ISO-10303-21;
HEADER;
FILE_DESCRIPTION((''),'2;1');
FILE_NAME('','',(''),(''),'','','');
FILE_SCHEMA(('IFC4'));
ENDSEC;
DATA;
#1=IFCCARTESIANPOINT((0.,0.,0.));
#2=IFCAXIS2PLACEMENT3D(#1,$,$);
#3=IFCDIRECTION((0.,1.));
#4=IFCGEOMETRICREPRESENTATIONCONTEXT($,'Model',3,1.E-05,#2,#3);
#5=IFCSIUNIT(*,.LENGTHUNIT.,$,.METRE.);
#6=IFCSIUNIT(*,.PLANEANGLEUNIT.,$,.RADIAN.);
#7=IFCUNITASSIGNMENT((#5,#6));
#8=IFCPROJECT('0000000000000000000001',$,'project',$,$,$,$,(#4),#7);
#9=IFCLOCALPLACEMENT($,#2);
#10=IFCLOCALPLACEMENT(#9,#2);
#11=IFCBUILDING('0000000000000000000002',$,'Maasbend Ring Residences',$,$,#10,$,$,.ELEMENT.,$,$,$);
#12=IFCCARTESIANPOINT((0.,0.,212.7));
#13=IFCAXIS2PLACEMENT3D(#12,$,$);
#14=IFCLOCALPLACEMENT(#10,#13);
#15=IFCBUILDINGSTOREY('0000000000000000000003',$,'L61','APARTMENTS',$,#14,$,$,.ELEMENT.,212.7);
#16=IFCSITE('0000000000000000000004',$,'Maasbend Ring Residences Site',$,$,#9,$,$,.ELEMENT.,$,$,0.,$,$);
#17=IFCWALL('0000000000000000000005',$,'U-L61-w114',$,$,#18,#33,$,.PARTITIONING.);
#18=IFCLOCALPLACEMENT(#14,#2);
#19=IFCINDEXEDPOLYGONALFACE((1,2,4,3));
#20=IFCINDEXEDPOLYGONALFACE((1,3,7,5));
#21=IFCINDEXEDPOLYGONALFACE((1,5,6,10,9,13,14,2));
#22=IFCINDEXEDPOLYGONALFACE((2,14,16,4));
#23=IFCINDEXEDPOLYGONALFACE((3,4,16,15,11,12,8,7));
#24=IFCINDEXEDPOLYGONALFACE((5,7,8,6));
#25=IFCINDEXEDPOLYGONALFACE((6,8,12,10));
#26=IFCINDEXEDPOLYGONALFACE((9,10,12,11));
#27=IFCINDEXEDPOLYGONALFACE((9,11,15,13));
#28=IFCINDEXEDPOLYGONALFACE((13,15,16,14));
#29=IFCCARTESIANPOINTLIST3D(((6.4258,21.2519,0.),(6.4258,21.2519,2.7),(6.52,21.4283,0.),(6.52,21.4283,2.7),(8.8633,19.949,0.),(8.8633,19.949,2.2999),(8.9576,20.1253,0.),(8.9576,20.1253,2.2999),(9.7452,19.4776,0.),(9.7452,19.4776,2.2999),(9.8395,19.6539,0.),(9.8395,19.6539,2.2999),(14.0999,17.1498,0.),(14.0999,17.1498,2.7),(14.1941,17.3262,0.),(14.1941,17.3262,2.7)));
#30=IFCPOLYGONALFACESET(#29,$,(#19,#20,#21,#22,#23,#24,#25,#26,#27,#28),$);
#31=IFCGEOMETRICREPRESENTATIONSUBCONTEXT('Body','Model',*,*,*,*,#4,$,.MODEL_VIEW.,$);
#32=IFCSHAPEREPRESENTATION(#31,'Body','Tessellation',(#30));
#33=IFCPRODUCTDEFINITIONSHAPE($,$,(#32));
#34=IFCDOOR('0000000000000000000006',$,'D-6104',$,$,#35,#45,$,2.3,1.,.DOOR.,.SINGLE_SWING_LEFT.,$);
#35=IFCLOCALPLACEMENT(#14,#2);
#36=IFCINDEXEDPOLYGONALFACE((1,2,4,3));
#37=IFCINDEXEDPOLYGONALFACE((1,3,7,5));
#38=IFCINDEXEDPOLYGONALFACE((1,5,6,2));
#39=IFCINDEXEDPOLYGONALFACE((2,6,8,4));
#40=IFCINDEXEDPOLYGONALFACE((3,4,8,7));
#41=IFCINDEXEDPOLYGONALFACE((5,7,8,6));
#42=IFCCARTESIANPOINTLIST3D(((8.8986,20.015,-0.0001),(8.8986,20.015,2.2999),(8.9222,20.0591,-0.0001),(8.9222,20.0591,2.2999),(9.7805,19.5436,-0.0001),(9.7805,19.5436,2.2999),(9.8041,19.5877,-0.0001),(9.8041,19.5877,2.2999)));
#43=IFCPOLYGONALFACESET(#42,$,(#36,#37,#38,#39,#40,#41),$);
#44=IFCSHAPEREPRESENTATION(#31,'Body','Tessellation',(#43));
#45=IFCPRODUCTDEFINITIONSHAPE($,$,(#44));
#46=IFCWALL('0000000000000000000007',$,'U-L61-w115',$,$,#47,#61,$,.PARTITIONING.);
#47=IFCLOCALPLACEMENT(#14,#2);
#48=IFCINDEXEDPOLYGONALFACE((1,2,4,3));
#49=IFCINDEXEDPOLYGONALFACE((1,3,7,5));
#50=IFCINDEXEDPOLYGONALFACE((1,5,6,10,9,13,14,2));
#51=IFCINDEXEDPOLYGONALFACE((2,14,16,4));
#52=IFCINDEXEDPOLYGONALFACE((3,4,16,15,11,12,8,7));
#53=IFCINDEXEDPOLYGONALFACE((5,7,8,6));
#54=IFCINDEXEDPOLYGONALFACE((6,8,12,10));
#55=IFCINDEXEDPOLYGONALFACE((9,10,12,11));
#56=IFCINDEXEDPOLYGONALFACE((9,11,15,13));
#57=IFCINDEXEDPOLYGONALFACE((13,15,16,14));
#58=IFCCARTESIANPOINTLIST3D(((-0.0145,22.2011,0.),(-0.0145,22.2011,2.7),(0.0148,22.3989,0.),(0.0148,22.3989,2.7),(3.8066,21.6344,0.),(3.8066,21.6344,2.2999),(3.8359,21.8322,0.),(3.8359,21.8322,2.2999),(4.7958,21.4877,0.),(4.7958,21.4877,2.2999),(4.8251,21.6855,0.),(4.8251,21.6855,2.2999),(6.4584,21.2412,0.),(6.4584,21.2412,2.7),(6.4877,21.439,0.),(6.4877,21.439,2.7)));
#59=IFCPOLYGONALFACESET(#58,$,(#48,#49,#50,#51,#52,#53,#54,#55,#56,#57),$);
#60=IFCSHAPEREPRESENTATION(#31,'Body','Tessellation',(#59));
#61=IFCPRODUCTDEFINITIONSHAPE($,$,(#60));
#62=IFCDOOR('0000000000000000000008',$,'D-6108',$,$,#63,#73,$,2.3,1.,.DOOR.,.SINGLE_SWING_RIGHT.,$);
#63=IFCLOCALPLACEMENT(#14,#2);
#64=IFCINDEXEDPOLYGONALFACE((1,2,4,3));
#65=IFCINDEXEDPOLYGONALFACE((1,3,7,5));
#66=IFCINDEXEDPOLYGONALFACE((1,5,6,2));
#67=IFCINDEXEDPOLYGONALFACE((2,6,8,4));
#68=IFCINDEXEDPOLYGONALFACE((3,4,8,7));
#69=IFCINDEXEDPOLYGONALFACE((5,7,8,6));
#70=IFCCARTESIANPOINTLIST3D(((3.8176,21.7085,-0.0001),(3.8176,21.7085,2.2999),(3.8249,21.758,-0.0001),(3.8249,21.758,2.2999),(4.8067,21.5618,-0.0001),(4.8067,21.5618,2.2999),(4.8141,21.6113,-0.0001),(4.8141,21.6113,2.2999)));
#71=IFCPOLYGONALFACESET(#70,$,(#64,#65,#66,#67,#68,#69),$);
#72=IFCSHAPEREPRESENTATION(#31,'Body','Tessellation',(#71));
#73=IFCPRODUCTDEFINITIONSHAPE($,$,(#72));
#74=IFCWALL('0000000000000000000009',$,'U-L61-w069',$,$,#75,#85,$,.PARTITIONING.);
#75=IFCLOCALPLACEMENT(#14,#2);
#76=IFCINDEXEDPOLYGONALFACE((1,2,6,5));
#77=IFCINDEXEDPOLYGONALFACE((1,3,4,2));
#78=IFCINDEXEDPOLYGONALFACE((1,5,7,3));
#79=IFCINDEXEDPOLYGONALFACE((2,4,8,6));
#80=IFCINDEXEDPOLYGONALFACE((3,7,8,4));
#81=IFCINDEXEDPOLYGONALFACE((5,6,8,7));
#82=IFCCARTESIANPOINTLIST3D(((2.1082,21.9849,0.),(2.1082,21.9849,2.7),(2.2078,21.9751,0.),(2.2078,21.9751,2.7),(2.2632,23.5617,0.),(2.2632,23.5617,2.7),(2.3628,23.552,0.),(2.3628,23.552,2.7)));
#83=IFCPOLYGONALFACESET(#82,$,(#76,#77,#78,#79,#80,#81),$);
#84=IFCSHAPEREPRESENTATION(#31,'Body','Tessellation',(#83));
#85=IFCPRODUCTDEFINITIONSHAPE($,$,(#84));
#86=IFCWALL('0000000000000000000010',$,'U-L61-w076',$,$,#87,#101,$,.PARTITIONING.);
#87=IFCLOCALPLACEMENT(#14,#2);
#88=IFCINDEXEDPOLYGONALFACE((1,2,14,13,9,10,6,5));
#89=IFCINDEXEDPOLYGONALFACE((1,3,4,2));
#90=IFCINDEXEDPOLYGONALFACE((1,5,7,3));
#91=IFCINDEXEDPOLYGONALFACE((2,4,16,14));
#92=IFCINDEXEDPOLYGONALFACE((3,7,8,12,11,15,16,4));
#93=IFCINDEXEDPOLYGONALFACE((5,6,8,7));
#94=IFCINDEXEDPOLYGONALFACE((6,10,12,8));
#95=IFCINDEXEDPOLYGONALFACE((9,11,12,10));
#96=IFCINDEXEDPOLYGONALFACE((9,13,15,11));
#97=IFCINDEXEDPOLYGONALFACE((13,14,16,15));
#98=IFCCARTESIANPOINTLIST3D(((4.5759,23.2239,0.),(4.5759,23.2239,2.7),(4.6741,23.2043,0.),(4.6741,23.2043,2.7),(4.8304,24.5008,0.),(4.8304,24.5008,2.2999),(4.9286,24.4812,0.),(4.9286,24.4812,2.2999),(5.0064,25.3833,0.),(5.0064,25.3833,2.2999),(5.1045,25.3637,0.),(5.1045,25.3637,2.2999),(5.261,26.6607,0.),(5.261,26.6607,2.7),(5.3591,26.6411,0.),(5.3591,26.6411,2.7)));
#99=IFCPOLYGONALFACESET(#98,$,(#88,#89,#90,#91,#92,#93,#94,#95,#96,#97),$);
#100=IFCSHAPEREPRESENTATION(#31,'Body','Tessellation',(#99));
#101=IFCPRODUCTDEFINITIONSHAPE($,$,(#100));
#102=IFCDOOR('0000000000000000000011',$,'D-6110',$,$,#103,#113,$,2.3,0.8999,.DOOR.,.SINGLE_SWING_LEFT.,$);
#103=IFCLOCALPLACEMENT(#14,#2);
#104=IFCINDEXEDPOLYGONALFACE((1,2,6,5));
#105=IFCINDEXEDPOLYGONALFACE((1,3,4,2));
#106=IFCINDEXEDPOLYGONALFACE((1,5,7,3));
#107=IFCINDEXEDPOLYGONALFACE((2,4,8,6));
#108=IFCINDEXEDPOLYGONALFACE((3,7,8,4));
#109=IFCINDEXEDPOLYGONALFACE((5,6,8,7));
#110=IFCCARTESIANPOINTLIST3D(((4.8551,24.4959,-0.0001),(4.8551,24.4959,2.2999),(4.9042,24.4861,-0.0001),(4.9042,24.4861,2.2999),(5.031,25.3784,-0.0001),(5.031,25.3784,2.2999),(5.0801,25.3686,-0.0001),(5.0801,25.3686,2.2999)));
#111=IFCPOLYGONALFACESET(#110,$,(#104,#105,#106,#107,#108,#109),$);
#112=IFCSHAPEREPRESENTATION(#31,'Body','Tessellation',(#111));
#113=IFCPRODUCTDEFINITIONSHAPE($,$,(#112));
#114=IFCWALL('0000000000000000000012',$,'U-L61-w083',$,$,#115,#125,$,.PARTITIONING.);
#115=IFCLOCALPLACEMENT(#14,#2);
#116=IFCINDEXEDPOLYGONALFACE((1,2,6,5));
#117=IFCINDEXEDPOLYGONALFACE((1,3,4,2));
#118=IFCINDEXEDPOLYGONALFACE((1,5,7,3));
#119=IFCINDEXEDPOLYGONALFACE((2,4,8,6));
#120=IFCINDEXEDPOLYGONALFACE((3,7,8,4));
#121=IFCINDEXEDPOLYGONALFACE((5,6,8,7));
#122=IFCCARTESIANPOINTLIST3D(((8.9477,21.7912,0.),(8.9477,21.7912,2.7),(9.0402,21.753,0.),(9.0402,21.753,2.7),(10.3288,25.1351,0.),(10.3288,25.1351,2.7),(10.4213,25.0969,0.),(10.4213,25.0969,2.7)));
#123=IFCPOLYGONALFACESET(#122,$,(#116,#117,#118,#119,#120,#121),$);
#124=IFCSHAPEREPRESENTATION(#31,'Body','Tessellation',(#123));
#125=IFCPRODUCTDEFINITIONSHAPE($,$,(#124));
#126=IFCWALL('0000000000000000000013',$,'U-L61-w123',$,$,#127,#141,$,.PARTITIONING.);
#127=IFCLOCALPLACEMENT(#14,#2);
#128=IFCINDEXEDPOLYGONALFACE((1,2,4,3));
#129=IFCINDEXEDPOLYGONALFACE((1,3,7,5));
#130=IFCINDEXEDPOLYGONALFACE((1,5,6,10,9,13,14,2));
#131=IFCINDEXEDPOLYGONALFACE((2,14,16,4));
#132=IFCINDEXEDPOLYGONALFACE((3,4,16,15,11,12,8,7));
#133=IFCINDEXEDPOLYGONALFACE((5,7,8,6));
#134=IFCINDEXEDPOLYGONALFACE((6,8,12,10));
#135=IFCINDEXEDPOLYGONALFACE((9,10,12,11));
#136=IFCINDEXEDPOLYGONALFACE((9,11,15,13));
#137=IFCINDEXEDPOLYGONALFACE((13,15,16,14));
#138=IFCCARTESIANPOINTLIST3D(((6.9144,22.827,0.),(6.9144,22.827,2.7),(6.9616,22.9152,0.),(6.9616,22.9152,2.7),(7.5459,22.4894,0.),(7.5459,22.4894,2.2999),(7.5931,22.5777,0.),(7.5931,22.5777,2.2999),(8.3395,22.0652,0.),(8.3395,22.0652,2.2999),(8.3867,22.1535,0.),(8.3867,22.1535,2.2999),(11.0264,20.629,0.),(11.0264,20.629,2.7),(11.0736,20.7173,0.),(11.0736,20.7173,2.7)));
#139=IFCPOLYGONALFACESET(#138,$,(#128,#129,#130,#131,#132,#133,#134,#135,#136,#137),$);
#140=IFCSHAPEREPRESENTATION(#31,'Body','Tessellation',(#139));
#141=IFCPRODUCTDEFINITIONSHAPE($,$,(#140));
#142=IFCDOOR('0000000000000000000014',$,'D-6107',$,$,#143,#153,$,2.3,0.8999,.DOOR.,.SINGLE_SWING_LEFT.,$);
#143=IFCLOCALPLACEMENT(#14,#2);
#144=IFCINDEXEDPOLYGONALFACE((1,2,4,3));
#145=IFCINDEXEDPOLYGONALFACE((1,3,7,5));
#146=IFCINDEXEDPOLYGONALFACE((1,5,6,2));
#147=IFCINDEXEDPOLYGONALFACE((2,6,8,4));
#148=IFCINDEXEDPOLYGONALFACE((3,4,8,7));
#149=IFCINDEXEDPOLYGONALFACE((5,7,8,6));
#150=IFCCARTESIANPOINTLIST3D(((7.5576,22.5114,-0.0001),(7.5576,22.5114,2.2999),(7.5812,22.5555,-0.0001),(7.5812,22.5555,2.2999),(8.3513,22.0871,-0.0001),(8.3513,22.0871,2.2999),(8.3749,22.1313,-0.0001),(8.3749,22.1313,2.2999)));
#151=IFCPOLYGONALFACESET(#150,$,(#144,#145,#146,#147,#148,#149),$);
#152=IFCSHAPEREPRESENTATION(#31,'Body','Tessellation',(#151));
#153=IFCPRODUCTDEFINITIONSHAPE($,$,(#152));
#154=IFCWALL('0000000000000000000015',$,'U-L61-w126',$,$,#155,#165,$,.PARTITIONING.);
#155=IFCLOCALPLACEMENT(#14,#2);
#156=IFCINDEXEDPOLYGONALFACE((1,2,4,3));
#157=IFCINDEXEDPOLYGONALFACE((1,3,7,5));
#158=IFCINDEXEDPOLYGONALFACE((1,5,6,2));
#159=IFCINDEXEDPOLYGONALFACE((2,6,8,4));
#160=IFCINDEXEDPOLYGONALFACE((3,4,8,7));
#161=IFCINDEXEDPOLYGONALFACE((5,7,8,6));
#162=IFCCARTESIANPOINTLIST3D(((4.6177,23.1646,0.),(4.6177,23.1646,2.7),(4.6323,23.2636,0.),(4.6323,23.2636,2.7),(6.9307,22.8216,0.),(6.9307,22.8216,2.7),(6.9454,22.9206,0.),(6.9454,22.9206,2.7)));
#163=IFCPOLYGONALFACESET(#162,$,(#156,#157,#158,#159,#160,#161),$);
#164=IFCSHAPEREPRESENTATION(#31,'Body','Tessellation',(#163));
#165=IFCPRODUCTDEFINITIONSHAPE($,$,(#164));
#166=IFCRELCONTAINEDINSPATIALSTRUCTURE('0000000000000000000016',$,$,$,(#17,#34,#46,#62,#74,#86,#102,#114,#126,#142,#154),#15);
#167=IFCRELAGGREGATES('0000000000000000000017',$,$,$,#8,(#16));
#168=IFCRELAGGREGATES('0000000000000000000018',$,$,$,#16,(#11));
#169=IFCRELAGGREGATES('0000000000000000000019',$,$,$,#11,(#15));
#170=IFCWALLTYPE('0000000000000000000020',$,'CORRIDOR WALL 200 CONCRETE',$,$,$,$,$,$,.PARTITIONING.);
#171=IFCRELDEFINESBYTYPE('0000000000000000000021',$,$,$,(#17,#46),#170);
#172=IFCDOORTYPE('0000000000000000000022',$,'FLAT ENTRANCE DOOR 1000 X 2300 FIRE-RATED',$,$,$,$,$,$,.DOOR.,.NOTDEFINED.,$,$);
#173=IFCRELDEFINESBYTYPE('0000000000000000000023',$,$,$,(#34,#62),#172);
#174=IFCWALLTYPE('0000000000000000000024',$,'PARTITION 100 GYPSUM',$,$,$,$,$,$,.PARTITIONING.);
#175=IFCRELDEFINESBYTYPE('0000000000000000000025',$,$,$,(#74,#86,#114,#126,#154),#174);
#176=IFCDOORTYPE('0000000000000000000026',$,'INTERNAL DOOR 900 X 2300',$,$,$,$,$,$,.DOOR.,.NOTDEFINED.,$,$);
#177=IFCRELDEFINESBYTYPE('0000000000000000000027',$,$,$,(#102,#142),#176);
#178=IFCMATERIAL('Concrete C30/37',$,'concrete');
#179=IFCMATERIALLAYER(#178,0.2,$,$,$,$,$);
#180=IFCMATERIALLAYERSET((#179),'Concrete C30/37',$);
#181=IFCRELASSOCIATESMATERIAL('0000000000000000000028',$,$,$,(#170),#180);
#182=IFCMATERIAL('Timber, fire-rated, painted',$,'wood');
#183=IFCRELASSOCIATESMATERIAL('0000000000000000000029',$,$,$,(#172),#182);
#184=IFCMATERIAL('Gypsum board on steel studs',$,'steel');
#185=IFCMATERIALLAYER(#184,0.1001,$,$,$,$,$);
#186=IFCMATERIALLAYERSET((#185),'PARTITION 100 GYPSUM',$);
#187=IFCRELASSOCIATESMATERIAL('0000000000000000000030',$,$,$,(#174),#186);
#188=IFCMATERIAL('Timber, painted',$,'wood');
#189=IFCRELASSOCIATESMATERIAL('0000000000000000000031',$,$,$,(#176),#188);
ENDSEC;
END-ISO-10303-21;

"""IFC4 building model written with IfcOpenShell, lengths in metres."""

from ifc_helpers import new_model, si_unit, direction, frame, frame_2d, origin, place, context, subcontext, project, spatial, rectangle, extrude, material, layer, layer_set, type_object, element, fill, save


model = new_model("IFC4")

# Units and contexts
model_context = context("Model", 3, precision=1e-05, world=origin(), true_north=direction((0.0, 1.0)))
body_context = subcontext(model_context, "Body", "Model", "MODEL_VIEW")
ifc_project = project(units=[si_unit("LENGTHUNIT", "METRE"), si_unit("PLANEANGLEUNIT", "RADIAN")], contexts=[model_context])

# Site, building, storey
site_placement = place(None, origin())
site = spatial("IfcSite", under=ifc_project, at=site_placement, Name="Maasbend Ring Residences Site", CompositionType="ELEMENT", RefElevation=0.0)
building_placement = place(site_placement, origin())
building = spatial("IfcBuilding", under=site, at=building_placement, Name="Maasbend Ring Residences", CompositionType="ELEMENT")
storey_placement = place(building_placement, frame((0.0, 0.0, 212.7)))
storey = spatial("IfcBuildingStorey", under=building, at=storey_placement, Name="L61", Description="APARTMENTS", CompositionType="ELEMENT", Elevation=212.7)

# Walls, openings, doors
ifc_material_1 = material(Name="Concrete C30/37", Category="concrete")
ifc_layer_1 = layer(ifc_material_1, 0.2)
ifc_layer_set_1 = layer_set([ifc_layer_1], Name="Concrete C30/37")
wall_type_1 = type_object("IfcWallType", Name="CORRIDOR WALL 200 CONCRETE", PredefinedType="PARTITIONING", material=ifc_layer_set_1)
ifc_material_2 = material(Name="Timber, fire-rated, painted", Category="wood")
door_type_1 = type_object("IfcDoorType", Name="FLAT ENTRANCE DOOR 1000 X 2300 FIRE-RATED", OperationType="NOTDEFINED", PredefinedType="DOOR", material=ifc_material_2)
wall_1_placement = place(storey_placement, frame((6.4729, 21.3401, 0.0), z_axis=(0.0, 0.0, 1.0), x_axis=(0.881913, -0.471412, 0.0)))
wall_1 = element("IfcWall", 1, at=wall_1_placement, inside=storey, type_object=wall_type_1, Name="U-L61-w114", PredefinedType="PARTITIONING", context=body_context, shape_type="SweptSolid", body=[
    extrude(rectangle(XDim=8.7017, YDim=0.2, at=frame_2d((4.3508, 0.0))), origin(), (0.0, 0.0, 1.0), 2.7),
])
opening_1_placement = place(wall_1_placement, frame((2.7639, 0.0, 0.0)))
opening_1 = element("IfcOpeningElement", 2, at=opening_1_placement, cuts=wall_1, PredefinedType="OPENING", context=body_context, shape_type="SweptSolid", body=[
    extrude(rectangle(XDim=1.0, YDim=2.3, at=frame_2d((0.5, 1.1499))), frame((0.0, 0.1099, 0.0), z_axis=(0.0, -1.0, 0.0), x_axis=(1.0, 0.0, 0.0)), (0.0, 0.0, 1.0), 0.22),
])
door_1_placement = place(opening_1_placement, origin())
door_1 = element("IfcDoor", 3, at=door_1_placement, inside=storey, type_object=door_type_1, Name="D-6104", OperationType="SINGLE_SWING_LEFT", OverallHeight=2.3, OverallWidth=1.0, PredefinedType="DOOR", context=body_context, shape_type="SweptSolid", body=[
    extrude(rectangle(XDim=1.0, YDim=2.3, at=frame_2d((0.5, 1.1499))), frame((0.0, 0.0249, 0.0), z_axis=(0.0, -1.0, 0.0), x_axis=(1.0, 0.0, 0.0)), (0.0, 0.0, 1.0), 0.05),
])
fill(opening_1, door_1)
wall_2_placement = place(storey_placement, frame((0.0, 22.3, 0.0), z_axis=(0.0, 0.0, 1.0), x_axis=(0.989181, -0.1467, 0.0)))
wall_2 = element("IfcWall", 4, at=wall_2_placement, inside=storey, type_object=wall_type_1, Name="U-L61-w115", PredefinedType="PARTITIONING", context=body_context, shape_type="SweptSolid", body=[
    extrude(rectangle(XDim=6.5437, YDim=0.2, at=frame_2d((3.272, 0.0))), origin(), (0.0, 0.0, 1.0), 2.7),
])
opening_2_placement = place(wall_2_placement, frame((3.863, 0.0, 0.0)))
opening_2 = element("IfcOpeningElement", 5, at=opening_2_placement, cuts=wall_2, PredefinedType="OPENING", context=body_context, shape_type="SweptSolid", body=[
    extrude(rectangle(XDim=1.0, YDim=2.3, at=frame_2d((0.5, 1.1499))), frame((0.0, 0.1099, 0.0), z_axis=(0.0, -1.0, 0.0), x_axis=(1.0, 0.0, 0.0)), (0.0, 0.0, 1.0), 0.22),
])
door_2_placement = place(opening_2_placement, origin())
door_2 = element("IfcDoor", 6, at=door_2_placement, inside=storey, type_object=door_type_1, Name="D-6108", OperationType="SINGLE_SWING_RIGHT", OverallHeight=2.3, OverallWidth=1.0, PredefinedType="DOOR", context=body_context, shape_type="SweptSolid", body=[
    extrude(rectangle(XDim=1.0, YDim=2.3, at=frame_2d((0.5, 1.1499))), frame((0.0, 0.0249, 0.0), z_axis=(0.0, -1.0, 0.0), x_axis=(1.0, 0.0, 0.0)), (0.0, 0.0, 1.0), 0.05),
])
fill(opening_2, door_2)

# Wall
ifc_material_3 = material(Name="Gypsum board on steel studs", Category="steel")
ifc_layer_2 = layer(ifc_material_3, 0.1001)
ifc_layer_set_2 = layer_set([ifc_layer_2], Name="PARTITION 100 GYPSUM")
wall_type_2 = type_object("IfcWallType", Name="PARTITION 100 GYPSUM", PredefinedType="PARTITIONING", material=ifc_layer_set_2)
wall_3_placement = place(storey_placement, frame((2.158, 21.98, 0.0), z_axis=(0.0, 0.0, 1.0), x_axis=(0.097841, 0.995202, 0.0)))
element("IfcWall", 7, at=wall_3_placement, inside=storey, type_object=wall_type_2, Name="U-L61-w069", PredefinedType="PARTITIONING", context=body_context, shape_type="SweptSolid", body=[
    extrude(rectangle(XDim=1.5845, YDim=0.1001, at=frame_2d((0.7922, 0.0))), origin(), (0.0, 0.0, 1.0), 2.7),
])

# Wall, opening, door
wall_4_placement = place(storey_placement, frame((4.625, 23.2141, 0.0), z_axis=(0.0, 0.0, 1.0), x_axis=(0.195486, 0.980706, 0.0)))
wall_4 = element("IfcWall", 8, at=wall_4_placement, inside=storey, type_object=wall_type_2, Name="U-L61-w076", PredefinedType="PARTITIONING", context=body_context, shape_type="SweptSolid", body=[
    extrude(rectangle(XDim=3.5044, YDim=0.1001, at=frame_2d((1.7522, 0.0))), origin(), (0.0, 0.0, 1.0), 2.7),
])
opening_3_placement = place(wall_4_placement, frame((1.302, 0.0, 0.0)))
opening_3 = element("IfcOpeningElement", 9, at=opening_3_placement, cuts=wall_4, PredefinedType="OPENING", context=body_context, shape_type="SweptSolid", body=[
    extrude(rectangle(XDim=0.8999, YDim=2.3, at=frame_2d((0.45, 1.1499))), frame((0.0, 0.0601, 0.0), z_axis=(0.0, -1.0, 0.0), x_axis=(1.0, 0.0, 0.0)), (0.0, 0.0, 1.0), 0.1201),
])
ifc_material_4 = material(Name="Timber, painted", Category="wood")
door_type_2 = type_object("IfcDoorType", Name="INTERNAL DOOR 900 X 2300", OperationType="NOTDEFINED", PredefinedType="DOOR", material=ifc_material_4)
door_3_placement = place(opening_3_placement, origin())
door_3 = element("IfcDoor", 10, at=door_3_placement, inside=storey, type_object=door_type_2, Name="D-6110", OperationType="SINGLE_SWING_LEFT", OverallHeight=2.3, OverallWidth=0.8999, PredefinedType="DOOR", context=body_context, shape_type="SweptSolid", body=[
    extrude(rectangle(XDim=0.8999, YDim=2.3, at=frame_2d((0.45, 1.1499))), frame((0.0, 0.0249, 0.0), z_axis=(0.0, -1.0, 0.0), x_axis=(1.0, 0.0, 0.0)), (0.0, 0.0, 1.0), 0.05),
])
fill(opening_3, door_3)

# Wall
wall_5_placement = place(storey_placement, frame((8.9939, 21.772, 0.0), z_axis=(0.0, 0.0, 1.0), x_axis=(0.381734, 0.924272, 0.0)))
element("IfcWall", 11, at=wall_5_placement, inside=storey, type_object=wall_type_2, Name="U-L61-w083", PredefinedType="PARTITIONING", context=body_context, shape_type="SweptSolid", body=[
    extrude(rectangle(XDim=3.6179, YDim=0.1001, at=frame_2d((1.8091, 0.0))), origin(), (0.0, 0.0, 1.0), 2.7),
])

# Wall, opening, door
wall_6_placement = place(storey_placement, frame((6.938, 22.8711, 0.0), z_axis=(0.0, 0.0, 1.0), x_axis=(0.881916, -0.471406, 0.0)))
wall_6 = element("IfcWall", 12, at=wall_6_placement, inside=storey, type_object=wall_type_2, Name="U-L61-w123", PredefinedType="PARTITIONING", context=body_context, shape_type="SweptSolid", body=[
    extrude(rectangle(XDim=4.6626, YDim=0.1001, at=frame_2d((2.3313, 0.0))), origin(), (0.0, 0.0, 1.0), 2.7),
])
opening_4_placement = place(wall_6_placement, frame((0.7161, 0.0, 0.0)))
opening_4 = element("IfcOpeningElement", 13, at=opening_4_placement, cuts=wall_6, PredefinedType="OPENING", context=body_context, shape_type="SweptSolid", body=[
    extrude(rectangle(XDim=0.8999, YDim=2.3, at=frame_2d((0.45, 1.1499))), frame((0.0, 0.0601, 0.0), z_axis=(0.0, -1.0, 0.0), x_axis=(1.0, 0.0, 0.0)), (0.0, 0.0, 1.0), 0.1201),
])
door_4_placement = place(opening_4_placement, origin())
door_4 = element("IfcDoor", 14, at=door_4_placement, inside=storey, type_object=door_type_2, Name="D-6107", OperationType="SINGLE_SWING_LEFT", OverallHeight=2.3, OverallWidth=0.8999, PredefinedType="DOOR", context=body_context, shape_type="SweptSolid", body=[
    extrude(rectangle(XDim=0.8999, YDim=2.3, at=frame_2d((0.45, 1.1499))), frame((0.0, 0.0249, 0.0), z_axis=(0.0, -1.0, 0.0), x_axis=(1.0, 0.0, 0.0)), (0.0, 0.0, 1.0), 0.05),
])
fill(opening_4, door_4)

# Wall
wall_7_placement = place(storey_placement, frame((4.625, 23.2141, 0.0), z_axis=(0.0, 0.0, 1.0), x_axis=(0.989182, -0.146696, 0.0)))
element("IfcWall", 15, at=wall_7_placement, inside=storey, type_object=wall_type_2, Name="U-L61-w126", PredefinedType="PARTITIONING", context=body_context, shape_type="SweptSolid", body=[
    extrude(rectangle(XDim=2.3384, YDim=0.1001, at=frame_2d((1.1692, 0.0))), origin(), (0.0, 0.0, 1.0), 2.7),
])

save(model, "model.ifc")
